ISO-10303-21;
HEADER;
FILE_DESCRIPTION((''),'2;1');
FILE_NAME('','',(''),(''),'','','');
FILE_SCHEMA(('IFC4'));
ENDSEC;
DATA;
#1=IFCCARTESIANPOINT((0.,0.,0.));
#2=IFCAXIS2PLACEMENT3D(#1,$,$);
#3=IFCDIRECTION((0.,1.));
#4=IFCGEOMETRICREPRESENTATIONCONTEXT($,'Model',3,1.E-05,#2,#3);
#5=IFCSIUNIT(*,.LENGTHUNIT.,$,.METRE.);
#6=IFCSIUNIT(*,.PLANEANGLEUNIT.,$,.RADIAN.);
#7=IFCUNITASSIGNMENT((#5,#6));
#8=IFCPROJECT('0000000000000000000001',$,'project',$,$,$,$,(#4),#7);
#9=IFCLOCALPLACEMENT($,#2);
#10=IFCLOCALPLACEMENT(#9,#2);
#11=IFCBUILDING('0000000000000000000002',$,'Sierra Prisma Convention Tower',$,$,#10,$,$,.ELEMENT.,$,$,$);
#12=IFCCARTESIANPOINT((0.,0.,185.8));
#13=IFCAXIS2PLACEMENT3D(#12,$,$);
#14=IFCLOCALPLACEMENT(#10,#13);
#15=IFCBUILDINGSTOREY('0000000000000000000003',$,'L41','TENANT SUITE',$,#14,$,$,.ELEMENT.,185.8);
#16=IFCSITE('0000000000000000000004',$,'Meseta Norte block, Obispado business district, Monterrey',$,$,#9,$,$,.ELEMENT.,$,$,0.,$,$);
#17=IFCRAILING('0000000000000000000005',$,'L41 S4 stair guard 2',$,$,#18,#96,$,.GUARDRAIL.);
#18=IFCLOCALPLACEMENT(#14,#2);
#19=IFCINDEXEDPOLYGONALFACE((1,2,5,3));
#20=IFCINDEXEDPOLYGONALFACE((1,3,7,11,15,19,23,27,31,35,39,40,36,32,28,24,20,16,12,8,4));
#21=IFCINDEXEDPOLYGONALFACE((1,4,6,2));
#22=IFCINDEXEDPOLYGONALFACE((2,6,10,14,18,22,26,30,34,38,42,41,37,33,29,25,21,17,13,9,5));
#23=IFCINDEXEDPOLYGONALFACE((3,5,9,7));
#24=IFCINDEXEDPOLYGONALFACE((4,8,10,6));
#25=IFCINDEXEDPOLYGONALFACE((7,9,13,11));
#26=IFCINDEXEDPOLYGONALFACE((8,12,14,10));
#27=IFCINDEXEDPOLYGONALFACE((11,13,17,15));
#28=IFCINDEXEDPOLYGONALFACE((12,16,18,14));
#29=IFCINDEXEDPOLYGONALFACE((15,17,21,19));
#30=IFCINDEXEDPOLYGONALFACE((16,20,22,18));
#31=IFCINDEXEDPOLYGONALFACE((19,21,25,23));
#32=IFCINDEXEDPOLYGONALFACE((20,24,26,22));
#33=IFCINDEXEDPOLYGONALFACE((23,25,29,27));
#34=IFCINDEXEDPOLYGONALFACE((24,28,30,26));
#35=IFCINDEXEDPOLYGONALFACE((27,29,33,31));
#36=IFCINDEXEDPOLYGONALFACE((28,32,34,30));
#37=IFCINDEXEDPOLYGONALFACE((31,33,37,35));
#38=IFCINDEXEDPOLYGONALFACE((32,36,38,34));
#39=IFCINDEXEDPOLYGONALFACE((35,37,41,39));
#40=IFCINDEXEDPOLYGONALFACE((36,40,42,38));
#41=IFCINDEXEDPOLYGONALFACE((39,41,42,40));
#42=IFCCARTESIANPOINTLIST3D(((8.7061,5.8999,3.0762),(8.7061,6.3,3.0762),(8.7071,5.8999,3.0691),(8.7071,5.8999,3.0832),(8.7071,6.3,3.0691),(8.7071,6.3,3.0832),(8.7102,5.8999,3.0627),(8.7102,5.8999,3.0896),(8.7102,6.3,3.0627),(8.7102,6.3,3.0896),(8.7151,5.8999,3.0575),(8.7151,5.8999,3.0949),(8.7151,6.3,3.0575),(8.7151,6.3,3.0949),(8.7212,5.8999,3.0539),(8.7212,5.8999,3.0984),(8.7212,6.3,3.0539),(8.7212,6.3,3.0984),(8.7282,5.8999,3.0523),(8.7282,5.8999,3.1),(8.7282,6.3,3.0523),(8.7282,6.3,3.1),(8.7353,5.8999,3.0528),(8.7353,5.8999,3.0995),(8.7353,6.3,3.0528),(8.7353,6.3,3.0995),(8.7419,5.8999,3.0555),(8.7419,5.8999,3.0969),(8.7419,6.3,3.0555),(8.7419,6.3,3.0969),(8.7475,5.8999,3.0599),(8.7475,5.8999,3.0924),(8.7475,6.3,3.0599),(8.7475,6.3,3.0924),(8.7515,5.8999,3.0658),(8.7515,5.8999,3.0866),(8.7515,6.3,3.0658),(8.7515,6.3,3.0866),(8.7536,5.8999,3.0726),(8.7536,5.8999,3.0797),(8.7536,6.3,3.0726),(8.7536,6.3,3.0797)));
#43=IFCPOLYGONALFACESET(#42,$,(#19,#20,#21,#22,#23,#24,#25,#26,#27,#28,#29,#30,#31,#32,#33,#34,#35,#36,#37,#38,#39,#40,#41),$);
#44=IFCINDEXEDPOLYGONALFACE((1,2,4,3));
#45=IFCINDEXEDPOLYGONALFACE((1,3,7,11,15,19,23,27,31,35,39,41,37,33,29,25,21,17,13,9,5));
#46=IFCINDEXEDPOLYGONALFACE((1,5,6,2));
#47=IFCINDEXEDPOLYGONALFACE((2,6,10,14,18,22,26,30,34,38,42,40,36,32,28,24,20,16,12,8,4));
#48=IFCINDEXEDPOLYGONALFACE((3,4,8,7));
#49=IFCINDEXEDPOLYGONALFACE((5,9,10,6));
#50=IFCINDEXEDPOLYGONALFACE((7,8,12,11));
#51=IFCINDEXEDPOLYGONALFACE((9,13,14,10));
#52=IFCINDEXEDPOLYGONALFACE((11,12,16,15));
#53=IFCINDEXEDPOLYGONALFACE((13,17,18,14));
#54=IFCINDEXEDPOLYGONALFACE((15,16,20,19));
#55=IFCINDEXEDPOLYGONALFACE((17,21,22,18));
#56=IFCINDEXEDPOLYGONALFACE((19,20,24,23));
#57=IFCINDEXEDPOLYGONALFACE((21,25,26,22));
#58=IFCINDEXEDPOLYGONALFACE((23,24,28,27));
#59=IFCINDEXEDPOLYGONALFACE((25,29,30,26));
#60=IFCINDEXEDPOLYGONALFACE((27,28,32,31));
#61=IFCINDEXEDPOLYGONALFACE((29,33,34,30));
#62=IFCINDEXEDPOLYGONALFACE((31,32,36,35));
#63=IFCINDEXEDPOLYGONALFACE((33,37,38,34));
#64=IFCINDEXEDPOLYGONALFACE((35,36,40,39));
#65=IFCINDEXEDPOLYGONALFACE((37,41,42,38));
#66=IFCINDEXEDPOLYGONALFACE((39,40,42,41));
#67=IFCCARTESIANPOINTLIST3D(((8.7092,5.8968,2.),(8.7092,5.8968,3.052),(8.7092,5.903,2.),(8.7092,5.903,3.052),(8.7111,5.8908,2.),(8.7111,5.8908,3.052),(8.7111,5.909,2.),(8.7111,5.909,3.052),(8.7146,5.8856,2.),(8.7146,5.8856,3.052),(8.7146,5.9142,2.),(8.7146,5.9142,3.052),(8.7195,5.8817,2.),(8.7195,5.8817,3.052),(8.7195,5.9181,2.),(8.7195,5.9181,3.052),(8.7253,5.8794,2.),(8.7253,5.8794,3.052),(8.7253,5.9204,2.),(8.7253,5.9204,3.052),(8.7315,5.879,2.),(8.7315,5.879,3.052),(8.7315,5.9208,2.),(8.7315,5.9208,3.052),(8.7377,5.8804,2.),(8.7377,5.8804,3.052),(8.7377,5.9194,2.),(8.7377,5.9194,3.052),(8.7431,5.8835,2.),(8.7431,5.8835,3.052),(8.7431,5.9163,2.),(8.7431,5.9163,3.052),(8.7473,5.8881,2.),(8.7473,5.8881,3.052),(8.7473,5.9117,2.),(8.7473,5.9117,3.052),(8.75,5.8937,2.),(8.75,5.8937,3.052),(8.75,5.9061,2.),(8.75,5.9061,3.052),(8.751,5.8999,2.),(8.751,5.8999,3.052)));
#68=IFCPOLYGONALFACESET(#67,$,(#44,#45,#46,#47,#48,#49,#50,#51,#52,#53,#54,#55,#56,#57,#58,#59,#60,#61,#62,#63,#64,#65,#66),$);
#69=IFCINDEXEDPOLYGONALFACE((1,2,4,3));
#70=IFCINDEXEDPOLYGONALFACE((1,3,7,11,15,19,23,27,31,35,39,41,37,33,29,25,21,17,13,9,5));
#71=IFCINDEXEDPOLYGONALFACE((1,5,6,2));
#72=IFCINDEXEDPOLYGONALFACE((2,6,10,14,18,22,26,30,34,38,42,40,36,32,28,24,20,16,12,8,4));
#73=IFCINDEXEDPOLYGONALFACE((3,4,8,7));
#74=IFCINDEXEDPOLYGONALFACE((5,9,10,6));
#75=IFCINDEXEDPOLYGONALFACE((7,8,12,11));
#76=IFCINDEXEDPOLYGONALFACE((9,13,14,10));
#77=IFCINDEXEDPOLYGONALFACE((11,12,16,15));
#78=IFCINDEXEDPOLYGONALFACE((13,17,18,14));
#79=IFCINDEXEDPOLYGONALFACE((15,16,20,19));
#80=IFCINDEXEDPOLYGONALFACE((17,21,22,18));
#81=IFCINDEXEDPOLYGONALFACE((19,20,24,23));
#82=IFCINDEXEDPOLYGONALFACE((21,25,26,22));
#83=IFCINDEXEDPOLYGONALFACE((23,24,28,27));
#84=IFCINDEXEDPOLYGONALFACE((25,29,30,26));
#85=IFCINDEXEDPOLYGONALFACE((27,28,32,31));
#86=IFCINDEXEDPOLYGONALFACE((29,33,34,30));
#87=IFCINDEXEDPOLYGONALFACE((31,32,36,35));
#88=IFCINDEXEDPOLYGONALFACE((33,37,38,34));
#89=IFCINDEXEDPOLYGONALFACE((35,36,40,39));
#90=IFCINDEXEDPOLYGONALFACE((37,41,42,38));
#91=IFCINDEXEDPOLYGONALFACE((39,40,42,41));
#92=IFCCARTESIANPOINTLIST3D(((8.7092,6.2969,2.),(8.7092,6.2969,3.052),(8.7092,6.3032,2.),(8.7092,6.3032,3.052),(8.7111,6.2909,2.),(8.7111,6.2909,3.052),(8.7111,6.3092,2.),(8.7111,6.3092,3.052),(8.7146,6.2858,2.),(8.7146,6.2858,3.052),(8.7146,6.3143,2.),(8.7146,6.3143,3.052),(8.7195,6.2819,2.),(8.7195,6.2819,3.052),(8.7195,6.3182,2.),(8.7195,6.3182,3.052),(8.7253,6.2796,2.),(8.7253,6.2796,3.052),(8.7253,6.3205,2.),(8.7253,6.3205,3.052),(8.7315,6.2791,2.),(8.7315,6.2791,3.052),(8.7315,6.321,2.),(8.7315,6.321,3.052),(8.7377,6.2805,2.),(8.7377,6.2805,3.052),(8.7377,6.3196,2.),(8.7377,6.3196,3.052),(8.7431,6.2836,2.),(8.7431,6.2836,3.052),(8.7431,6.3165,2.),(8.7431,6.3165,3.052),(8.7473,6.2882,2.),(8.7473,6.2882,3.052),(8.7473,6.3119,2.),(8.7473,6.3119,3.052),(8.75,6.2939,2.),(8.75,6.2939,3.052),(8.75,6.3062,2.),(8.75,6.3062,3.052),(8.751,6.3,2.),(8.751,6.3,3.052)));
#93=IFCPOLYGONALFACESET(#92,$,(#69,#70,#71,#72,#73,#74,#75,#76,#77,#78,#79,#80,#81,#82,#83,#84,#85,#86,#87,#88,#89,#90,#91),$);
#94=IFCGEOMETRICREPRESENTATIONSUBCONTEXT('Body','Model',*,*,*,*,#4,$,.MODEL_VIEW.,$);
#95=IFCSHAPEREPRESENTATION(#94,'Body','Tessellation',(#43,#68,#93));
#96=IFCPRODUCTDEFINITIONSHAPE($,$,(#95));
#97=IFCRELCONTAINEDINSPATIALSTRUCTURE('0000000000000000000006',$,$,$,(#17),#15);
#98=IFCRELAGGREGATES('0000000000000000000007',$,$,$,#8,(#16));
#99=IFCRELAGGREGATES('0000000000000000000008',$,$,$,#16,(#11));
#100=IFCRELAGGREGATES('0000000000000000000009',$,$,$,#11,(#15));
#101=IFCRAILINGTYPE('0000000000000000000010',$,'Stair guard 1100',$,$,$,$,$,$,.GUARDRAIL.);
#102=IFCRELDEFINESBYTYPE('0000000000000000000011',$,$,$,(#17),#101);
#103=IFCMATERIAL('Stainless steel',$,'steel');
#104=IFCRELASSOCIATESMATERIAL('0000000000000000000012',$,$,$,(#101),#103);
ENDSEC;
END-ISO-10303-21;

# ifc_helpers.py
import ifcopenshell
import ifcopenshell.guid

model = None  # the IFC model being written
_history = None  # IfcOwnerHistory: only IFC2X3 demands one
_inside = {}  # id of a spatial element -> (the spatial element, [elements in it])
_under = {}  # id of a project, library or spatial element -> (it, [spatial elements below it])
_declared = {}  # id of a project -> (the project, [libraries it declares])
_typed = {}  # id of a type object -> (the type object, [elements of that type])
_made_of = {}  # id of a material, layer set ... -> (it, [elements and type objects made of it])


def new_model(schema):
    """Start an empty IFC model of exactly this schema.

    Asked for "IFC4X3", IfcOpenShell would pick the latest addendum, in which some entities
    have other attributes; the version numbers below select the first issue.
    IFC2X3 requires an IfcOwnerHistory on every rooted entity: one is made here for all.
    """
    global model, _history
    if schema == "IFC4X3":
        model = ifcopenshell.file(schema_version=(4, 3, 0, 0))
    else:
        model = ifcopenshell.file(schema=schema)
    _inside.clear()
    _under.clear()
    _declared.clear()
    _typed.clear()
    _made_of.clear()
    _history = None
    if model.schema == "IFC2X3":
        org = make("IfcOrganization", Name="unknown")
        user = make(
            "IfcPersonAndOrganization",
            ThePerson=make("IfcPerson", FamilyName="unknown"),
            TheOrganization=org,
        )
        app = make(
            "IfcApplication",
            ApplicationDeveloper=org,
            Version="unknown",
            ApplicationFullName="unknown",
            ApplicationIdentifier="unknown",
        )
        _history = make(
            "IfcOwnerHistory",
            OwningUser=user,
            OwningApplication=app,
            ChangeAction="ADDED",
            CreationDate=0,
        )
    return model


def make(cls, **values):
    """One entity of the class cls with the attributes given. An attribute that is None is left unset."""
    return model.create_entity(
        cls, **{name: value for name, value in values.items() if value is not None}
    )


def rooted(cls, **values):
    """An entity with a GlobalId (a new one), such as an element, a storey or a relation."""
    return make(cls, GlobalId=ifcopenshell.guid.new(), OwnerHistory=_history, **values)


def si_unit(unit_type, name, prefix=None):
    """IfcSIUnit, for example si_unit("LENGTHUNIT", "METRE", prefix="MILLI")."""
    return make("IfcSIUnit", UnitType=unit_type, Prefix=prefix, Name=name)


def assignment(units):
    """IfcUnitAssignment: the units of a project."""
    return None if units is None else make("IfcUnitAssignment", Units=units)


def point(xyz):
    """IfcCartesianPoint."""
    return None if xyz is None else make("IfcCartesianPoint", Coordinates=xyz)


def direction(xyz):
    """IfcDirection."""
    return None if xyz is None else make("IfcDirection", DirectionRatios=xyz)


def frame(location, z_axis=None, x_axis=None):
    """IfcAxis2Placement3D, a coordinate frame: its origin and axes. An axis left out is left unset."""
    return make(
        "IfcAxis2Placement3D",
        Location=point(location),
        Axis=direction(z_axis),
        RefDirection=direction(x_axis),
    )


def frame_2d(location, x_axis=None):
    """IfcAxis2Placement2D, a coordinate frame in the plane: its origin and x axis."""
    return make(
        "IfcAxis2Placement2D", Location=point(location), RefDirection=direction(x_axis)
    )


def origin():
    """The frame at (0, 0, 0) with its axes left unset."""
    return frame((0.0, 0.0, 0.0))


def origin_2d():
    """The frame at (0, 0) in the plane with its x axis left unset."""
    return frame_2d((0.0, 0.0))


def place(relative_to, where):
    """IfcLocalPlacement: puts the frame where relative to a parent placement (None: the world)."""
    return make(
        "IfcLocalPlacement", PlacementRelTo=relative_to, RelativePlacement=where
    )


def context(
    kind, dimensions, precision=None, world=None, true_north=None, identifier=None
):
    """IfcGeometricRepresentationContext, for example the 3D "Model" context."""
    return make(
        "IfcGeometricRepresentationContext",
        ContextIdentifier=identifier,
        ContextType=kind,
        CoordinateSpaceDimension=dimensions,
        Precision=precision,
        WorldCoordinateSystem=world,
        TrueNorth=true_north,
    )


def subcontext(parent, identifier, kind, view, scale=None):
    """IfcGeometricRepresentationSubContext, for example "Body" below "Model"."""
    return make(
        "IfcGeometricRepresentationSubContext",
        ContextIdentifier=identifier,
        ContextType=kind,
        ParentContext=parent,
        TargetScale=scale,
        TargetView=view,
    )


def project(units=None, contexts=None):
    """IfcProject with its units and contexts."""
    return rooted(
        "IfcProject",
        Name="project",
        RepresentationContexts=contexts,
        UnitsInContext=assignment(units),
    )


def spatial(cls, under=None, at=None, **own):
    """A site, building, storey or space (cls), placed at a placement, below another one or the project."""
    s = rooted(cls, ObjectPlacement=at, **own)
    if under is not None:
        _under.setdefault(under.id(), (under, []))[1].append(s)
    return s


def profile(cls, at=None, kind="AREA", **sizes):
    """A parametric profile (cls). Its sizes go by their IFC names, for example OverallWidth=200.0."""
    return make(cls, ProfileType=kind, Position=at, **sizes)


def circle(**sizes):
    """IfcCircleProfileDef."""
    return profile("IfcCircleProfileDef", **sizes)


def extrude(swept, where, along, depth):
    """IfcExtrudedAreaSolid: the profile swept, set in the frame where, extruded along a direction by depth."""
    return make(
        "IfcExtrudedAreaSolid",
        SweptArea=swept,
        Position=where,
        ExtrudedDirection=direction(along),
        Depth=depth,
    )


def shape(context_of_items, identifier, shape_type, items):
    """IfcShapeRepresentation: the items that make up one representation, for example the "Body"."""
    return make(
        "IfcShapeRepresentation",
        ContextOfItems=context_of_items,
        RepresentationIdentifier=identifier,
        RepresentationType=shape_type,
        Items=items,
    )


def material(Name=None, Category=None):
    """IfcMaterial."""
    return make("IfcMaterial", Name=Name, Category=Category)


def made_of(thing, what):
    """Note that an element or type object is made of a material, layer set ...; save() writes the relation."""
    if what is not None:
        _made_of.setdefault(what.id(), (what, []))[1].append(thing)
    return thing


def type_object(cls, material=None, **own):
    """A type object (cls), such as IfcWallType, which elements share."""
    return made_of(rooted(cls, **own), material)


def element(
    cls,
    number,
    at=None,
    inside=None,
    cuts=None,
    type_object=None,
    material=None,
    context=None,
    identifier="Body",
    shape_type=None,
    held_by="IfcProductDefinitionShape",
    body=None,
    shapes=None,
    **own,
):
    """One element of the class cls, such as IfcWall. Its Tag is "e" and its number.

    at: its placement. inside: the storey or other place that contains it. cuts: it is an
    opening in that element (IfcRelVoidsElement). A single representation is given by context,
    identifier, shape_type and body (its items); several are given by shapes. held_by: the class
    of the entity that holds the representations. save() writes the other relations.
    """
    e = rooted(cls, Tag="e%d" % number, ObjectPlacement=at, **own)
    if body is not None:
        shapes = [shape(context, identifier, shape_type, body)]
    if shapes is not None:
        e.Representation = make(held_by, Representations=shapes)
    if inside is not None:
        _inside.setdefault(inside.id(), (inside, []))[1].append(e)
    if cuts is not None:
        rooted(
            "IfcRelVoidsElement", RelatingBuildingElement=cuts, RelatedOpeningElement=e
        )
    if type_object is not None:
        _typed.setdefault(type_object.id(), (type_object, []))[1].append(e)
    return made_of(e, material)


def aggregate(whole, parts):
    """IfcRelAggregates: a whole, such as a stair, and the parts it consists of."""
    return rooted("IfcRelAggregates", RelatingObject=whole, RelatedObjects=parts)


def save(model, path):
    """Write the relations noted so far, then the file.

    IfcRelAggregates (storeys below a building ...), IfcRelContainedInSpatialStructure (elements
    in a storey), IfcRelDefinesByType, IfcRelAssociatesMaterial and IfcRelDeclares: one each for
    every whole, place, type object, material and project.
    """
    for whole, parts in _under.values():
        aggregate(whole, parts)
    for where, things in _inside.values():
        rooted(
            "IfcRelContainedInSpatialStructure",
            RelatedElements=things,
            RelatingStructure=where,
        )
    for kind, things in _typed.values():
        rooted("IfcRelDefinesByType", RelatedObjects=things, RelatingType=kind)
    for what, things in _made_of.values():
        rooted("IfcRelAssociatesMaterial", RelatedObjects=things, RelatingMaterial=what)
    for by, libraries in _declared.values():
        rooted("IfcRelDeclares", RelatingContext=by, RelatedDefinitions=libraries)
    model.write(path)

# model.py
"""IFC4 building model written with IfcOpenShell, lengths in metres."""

from ifc_helpers import new_model, si_unit, direction, frame, origin, origin_2d, place, context, subcontext, project, spatial, circle, extrude, material, type_object, element, save


model = new_model("IFC4")

# Units and contexts
model_context = context("Model", 3, precision=1e-05, world=origin(), true_north=direction((0.0, 1.0)))
body_context = subcontext(model_context, "Body", "Model", "MODEL_VIEW")
ifc_project = project(units=[si_unit("LENGTHUNIT", "METRE"), si_unit("PLANEANGLEUNIT", "RADIAN")], contexts=[model_context])

# Site, building, storey
site_placement = place(None, origin())
site = spatial("IfcSite", under=ifc_project, at=site_placement, Name="Meseta Norte block, Obispado business district, Monterrey", CompositionType="ELEMENT", RefElevation=0.0)
building_placement = place(site_placement, origin())
building = spatial("IfcBuilding", under=site, at=building_placement, Name="Sierra Prisma Convention Tower", CompositionType="ELEMENT")
storey_placement = place(building_placement, frame((0.0, 0.0, 185.8)))
storey = spatial("IfcBuildingStorey", under=building, at=storey_placement, Name="L41", Description="TENANT SUITE", CompositionType="ELEMENT", Elevation=185.8)

# Railing
ifc_material_1 = material(Name="Stainless steel", Category="steel")
railing_type_1 = type_object("IfcRailingType", Name="Stair guard 1100", PredefinedType="GUARDRAIL", material=ifc_material_1)
railing_1_placement = place(storey_placement, frame((8.73, 5.8999, 2.0)))
element("IfcRailing", 1, at=railing_1_placement, inside=storey, type_object=railing_type_1, Name="L41 S4 stair guard 2", PredefinedType="GUARDRAIL", context=body_context, shape_type="SweptSolid", body=[
    extrude(circle(Radius=0.0239, at=origin_2d()), frame((0.0, 0.0, 1.0762), z_axis=(0.0, 1.0, 0.0), x_axis=(-1.0, 0.0, 0.0)), (0.0, 0.0, 1.0), 0.4001),
    extrude(circle(Radius=0.021, at=origin_2d()), origin(), (0.0, 0.0, 1.0), 1.052),
    extrude(circle(Radius=0.021, at=origin_2d()), frame((0.0, 0.4001, 0.0)), (0.0, 0.0, 1.0), 1.052),
])

save(model, "model.ifc")
